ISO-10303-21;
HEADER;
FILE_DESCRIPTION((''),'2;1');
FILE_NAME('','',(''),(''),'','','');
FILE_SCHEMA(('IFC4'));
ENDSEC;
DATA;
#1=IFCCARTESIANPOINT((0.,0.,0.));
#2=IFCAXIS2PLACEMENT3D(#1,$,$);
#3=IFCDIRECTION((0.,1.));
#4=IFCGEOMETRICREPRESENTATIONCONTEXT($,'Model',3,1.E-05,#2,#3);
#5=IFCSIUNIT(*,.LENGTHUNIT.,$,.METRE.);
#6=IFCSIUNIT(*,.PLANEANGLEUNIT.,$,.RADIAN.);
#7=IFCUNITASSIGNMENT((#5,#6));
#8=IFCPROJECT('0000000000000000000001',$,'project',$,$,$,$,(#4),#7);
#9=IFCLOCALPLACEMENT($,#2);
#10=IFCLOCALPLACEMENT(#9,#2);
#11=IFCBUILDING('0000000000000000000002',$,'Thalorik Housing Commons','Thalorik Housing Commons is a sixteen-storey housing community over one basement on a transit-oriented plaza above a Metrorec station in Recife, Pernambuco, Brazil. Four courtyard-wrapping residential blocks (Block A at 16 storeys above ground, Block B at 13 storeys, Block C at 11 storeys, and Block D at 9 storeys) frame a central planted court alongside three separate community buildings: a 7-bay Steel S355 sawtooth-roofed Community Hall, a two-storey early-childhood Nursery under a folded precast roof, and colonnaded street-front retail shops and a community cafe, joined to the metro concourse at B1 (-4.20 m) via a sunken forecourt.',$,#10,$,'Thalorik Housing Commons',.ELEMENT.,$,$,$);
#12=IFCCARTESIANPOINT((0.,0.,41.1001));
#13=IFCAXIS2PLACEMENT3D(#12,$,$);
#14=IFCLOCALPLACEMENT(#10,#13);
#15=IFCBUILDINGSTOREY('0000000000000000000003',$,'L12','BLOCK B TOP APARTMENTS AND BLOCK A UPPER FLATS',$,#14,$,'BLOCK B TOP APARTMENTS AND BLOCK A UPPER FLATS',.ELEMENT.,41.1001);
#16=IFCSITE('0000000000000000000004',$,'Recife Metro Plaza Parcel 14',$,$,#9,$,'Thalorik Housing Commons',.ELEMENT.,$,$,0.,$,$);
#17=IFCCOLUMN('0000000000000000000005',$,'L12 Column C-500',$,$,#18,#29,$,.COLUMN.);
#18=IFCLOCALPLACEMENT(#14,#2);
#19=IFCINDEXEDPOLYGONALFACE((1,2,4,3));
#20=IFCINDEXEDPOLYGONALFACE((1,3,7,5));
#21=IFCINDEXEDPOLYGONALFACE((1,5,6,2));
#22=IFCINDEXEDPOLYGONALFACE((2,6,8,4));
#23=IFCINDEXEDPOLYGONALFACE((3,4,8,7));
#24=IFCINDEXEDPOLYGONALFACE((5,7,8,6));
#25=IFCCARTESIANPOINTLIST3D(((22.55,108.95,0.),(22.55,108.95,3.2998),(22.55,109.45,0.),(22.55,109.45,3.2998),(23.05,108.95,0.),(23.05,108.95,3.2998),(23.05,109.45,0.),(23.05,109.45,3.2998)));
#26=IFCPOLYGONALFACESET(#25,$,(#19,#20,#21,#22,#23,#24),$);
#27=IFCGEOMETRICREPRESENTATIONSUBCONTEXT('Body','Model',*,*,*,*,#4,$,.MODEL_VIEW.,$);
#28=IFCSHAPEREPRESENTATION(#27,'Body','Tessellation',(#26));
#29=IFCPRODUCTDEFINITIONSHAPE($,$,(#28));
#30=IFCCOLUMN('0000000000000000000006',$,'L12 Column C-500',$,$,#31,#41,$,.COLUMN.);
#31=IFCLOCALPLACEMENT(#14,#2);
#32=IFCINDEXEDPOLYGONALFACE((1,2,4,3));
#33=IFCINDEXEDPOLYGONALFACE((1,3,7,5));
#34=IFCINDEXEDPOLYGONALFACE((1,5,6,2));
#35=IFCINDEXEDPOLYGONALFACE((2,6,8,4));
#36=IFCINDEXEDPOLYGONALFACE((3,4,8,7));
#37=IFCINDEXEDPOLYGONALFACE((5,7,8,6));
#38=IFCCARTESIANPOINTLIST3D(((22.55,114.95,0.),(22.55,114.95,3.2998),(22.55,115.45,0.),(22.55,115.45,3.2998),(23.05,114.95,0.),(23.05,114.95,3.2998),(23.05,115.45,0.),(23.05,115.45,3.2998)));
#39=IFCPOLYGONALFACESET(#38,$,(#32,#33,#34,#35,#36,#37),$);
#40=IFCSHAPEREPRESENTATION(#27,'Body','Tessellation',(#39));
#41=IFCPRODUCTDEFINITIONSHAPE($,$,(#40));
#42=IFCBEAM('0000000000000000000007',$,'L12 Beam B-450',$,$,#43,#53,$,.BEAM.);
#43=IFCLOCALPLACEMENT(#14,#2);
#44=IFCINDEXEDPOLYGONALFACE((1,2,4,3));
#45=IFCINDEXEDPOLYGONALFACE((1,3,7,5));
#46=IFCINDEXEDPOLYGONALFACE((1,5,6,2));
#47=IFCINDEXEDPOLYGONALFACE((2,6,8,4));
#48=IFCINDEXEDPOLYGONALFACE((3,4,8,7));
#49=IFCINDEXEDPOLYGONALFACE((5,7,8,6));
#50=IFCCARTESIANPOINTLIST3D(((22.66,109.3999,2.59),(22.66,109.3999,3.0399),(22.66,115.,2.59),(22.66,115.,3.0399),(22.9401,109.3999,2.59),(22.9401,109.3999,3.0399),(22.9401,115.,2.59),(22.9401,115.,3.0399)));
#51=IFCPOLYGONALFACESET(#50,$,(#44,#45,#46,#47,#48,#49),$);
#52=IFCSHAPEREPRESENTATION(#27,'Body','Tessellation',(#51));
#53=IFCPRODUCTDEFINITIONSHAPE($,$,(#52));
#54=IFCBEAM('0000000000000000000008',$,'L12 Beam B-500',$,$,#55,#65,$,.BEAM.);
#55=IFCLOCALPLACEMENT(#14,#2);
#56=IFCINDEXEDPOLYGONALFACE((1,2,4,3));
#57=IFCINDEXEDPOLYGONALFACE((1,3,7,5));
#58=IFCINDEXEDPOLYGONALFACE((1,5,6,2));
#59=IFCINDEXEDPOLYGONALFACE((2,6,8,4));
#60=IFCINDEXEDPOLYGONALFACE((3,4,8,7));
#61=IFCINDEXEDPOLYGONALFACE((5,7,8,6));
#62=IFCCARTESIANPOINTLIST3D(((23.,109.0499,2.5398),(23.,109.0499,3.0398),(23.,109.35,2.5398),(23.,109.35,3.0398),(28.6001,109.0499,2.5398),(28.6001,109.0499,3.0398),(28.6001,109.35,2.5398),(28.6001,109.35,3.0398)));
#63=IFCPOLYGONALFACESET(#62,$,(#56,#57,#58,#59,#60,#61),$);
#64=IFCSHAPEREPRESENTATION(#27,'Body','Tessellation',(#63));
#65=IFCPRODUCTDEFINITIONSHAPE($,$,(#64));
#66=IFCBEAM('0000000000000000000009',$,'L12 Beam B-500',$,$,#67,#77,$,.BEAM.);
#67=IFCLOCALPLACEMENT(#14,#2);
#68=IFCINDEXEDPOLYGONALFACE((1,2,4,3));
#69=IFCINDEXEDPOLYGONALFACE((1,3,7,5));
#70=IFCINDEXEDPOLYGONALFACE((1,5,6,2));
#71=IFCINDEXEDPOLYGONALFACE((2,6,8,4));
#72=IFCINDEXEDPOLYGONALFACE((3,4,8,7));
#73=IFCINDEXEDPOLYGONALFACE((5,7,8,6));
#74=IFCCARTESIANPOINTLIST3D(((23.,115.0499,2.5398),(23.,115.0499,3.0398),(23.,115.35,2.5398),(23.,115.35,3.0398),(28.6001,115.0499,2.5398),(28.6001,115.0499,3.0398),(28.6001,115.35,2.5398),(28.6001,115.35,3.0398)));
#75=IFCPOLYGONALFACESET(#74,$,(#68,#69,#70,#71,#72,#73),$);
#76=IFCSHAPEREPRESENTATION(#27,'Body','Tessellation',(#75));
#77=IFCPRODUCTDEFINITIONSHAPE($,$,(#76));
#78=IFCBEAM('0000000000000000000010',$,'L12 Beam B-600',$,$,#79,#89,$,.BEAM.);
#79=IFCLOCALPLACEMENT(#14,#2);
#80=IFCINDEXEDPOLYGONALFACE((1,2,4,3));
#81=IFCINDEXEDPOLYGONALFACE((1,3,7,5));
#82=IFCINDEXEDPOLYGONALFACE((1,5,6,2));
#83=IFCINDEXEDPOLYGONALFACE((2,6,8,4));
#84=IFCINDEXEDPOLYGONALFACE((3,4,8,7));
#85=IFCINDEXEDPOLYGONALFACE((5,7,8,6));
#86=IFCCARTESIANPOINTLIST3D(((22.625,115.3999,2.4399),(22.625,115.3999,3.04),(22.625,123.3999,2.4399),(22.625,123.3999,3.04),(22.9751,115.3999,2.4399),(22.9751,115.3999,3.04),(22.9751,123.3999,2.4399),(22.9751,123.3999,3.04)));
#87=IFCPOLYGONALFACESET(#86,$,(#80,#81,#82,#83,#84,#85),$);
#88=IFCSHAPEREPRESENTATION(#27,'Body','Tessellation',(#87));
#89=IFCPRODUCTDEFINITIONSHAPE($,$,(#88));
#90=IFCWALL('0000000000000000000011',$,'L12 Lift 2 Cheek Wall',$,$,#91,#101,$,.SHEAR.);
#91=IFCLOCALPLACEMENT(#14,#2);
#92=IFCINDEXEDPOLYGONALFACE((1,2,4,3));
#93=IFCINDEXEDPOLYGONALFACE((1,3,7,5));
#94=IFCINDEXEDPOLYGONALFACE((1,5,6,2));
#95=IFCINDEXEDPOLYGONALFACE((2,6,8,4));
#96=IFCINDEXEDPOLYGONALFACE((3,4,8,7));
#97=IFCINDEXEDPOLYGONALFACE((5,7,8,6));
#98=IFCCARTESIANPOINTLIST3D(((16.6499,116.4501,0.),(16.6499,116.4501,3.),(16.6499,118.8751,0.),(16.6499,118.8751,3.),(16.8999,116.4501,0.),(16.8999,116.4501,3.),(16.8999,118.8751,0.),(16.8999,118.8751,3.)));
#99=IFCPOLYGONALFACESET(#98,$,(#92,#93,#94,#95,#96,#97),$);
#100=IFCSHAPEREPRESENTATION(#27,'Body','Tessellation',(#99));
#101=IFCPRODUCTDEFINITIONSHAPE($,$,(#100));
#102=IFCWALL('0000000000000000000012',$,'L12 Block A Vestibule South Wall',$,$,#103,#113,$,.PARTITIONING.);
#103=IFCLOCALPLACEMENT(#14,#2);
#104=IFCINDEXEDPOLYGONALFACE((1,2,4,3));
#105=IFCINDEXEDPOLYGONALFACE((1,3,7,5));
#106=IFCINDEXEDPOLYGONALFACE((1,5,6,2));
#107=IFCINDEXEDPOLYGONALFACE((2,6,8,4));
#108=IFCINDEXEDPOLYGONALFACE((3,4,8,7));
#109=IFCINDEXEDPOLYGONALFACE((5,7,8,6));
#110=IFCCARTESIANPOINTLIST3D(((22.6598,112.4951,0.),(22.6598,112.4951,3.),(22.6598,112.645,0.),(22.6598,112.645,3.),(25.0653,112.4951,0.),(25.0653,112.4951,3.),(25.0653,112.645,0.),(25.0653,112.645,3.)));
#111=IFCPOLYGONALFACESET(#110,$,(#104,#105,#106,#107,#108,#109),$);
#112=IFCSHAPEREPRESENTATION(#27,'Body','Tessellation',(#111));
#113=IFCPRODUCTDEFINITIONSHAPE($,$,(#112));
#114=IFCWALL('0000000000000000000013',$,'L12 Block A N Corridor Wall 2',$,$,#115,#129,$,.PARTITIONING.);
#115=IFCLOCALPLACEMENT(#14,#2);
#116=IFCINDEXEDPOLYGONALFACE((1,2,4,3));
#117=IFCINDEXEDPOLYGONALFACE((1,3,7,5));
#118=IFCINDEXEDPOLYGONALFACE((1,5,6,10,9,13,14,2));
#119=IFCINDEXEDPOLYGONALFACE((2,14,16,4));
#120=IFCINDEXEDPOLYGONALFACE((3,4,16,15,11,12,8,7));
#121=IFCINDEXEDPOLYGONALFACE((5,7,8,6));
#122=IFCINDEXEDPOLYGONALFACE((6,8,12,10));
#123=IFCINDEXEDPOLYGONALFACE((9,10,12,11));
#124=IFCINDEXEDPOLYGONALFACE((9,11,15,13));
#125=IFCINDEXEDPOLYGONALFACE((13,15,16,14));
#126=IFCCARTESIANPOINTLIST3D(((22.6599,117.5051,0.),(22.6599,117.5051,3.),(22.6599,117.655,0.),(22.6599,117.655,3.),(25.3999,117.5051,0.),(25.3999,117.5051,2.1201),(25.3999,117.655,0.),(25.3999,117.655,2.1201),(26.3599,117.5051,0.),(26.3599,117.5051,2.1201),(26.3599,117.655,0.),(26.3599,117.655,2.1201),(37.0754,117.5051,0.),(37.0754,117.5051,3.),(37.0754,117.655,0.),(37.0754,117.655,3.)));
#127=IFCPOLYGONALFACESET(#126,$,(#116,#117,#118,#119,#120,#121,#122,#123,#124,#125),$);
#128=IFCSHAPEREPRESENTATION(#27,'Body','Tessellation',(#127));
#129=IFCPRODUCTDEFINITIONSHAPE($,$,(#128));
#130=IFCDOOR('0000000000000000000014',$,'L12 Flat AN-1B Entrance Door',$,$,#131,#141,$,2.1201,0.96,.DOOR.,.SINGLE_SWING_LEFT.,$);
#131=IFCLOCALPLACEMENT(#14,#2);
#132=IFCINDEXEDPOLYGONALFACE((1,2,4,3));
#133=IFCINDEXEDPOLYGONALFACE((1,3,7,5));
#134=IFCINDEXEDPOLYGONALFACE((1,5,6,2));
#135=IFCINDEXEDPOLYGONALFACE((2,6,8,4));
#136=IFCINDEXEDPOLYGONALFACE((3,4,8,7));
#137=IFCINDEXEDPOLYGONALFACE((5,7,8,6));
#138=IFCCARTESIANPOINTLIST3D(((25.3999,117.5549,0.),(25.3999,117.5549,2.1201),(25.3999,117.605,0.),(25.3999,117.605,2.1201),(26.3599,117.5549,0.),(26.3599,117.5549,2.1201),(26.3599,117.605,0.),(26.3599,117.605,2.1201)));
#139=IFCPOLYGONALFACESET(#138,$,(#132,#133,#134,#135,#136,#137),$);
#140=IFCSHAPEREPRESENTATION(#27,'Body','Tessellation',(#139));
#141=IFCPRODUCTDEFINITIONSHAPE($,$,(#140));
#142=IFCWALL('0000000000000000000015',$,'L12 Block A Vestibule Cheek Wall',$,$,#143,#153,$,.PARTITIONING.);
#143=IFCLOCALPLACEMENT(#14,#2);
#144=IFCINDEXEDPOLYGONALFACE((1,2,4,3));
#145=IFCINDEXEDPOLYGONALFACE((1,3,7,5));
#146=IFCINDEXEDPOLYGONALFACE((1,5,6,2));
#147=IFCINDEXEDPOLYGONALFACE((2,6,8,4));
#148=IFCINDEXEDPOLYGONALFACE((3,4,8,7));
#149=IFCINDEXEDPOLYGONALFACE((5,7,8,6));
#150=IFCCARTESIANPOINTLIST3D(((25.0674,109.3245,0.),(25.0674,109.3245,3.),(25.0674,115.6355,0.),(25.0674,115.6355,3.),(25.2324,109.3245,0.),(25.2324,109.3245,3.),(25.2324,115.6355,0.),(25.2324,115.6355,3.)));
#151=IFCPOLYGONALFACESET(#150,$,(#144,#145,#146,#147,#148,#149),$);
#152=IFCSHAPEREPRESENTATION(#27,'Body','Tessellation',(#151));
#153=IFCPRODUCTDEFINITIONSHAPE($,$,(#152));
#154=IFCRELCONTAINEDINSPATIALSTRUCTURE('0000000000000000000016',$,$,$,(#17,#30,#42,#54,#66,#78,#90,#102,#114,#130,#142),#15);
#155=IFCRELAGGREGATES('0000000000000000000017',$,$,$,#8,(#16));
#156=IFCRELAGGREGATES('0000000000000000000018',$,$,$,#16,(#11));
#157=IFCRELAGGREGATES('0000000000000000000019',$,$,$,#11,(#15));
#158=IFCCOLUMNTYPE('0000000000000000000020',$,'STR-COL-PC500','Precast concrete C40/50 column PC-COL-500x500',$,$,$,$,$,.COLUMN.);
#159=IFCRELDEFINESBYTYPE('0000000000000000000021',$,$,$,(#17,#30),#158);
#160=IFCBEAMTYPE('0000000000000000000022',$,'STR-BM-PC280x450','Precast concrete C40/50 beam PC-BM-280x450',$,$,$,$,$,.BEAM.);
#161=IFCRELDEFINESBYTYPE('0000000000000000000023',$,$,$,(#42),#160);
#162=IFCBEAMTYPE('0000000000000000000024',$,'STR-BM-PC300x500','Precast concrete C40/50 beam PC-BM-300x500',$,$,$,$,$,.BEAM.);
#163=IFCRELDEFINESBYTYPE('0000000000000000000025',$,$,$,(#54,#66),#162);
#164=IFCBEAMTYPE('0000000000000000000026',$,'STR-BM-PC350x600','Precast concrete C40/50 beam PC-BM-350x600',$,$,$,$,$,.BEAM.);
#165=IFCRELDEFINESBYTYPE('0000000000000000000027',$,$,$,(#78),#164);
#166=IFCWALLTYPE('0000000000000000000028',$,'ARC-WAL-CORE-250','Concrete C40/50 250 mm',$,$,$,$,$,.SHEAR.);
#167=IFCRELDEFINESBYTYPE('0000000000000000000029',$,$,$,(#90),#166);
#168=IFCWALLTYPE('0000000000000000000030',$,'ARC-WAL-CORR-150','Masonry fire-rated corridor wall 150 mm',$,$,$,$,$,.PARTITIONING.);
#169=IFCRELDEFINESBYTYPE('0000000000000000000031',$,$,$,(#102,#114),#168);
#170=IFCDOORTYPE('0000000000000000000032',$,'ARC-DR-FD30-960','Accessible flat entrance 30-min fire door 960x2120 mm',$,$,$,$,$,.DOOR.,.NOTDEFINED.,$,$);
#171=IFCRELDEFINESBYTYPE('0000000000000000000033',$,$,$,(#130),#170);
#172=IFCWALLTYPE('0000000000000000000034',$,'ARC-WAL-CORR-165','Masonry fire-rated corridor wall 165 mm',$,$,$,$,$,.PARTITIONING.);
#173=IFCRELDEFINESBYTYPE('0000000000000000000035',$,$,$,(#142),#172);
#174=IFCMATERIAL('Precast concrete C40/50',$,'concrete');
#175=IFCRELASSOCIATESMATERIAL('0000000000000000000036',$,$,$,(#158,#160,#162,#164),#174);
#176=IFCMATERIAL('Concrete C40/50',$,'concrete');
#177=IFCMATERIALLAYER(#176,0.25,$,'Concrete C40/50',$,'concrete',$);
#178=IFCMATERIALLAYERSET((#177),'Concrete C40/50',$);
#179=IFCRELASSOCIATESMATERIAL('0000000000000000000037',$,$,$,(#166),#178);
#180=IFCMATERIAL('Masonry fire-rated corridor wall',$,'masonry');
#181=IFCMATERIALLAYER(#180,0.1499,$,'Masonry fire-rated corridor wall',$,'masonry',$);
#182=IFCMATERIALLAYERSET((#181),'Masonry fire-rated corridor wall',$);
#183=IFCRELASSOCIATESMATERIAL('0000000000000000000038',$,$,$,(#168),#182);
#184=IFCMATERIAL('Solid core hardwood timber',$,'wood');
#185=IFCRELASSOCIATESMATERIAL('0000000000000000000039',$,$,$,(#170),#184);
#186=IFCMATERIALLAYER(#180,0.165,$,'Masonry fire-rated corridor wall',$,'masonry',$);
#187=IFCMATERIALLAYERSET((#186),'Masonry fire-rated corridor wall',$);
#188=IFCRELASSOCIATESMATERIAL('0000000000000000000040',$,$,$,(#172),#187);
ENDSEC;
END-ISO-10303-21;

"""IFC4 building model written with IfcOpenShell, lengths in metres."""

from ifc_helpers import new_model, si_unit, direction, frame, frame_2d, origin, origin_2d, place, context, subcontext, project, spatial, rectangle, extrude, material, layer, layer_set, material_profile, profile_set, type_object, element, fill, save


model = new_model("IFC4")

# Units and contexts
model_context = context("Model", 3, precision=1e-05, world=origin(), true_north=direction((0.0, 1.0)))
body_context = subcontext(model_context, "Body", "Model", "MODEL_VIEW")
ifc_project = project(units=[si_unit("LENGTHUNIT", "METRE"), si_unit("PLANEANGLEUNIT", "RADIAN")], contexts=[model_context])

# Site, building, storey
site_placement = place(None, origin())
site = spatial("IfcSite", under=ifc_project, at=site_placement, Name="Recife Metro Plaza Parcel 14", LongName="Thalorik Housing Commons", CompositionType="ELEMENT", RefElevation=0.0)
building_placement = place(site_placement, origin())
building = spatial("IfcBuilding", under=site, at=building_placement, Name="Thalorik Housing Commons", Description="Thalorik Housing Commons is a sixteen-storey housing community over one basement on a transit-oriented plaza above a Metrorec station in Recife, Pernambuco, Brazil. Four courtyard-wrapping residential blocks (Block A at 16 storeys above ground, Block B at 13 storeys, Block C at 11 storeys, and Block D at 9 storeys) frame a central planted court alongside three separate community buildings: a 7-bay Steel S355 sawtooth-roofed Community Hall, a two-storey early-childhood Nursery under a folded precast roof, and colonnaded street-front retail shops and a community cafe, joined to the metro concourse at B1 (-4.20 m) via a sunken forecourt.", LongName="Thalorik Housing Commons", CompositionType="ELEMENT")
storey_placement = place(building_placement, frame((0.0, 0.0, 41.1001)))
storey = spatial("IfcBuildingStorey", under=building, at=storey_placement, Name="L12", Description="BLOCK B TOP APARTMENTS AND BLOCK A UPPER FLATS", LongName="BLOCK B TOP APARTMENTS AND BLOCK A UPPER FLATS", CompositionType="ELEMENT", Elevation=41.1001)

# Columns
ifc_material_1 = material(Name="Precast concrete C40/50", Category="concrete")
ifc_material_profile_1 = material_profile(ifc_material_1, rectangle(XDim=0.5, YDim=0.5, at=origin_2d()), Name="PC 500x500", Category="concrete")
ifc_profile_set_1 = profile_set([ifc_material_profile_1], Name="Precast concrete C40/50")
column_type = type_object("IfcColumnType", Name="STR-COL-PC500", Description="Precast concrete C40/50 column PC-COL-500x500", PredefinedType="COLUMN", material=ifc_profile_set_1)
for number, where, z_axis, x_axis, name in (
    (1, (22.8, 109.2, 0.0), (0.0, 0.0, 1.0), (1.0, 0.0, 0.0), "L12 Column C-500"),
    (2, (22.8, 115.2, 0.0), (0.0, 0.0, 1.0), (1.0, 0.0, 0.0), "L12 Column C-500"),
):
    element("IfcColumn", number, at=place(storey_placement, frame(where, z_axis=z_axis, x_axis=x_axis)), inside=storey, type_object=column_type, Name=name, PredefinedType="COLUMN", context=body_context, shape_type="SweptSolid", body=[
        extrude(rectangle(XDim=0.5, YDim=0.5, at=origin_2d()), origin(), (0.0, 0.0, 1.0), 3.2998),
    ])

# Beams
ifc_material_profile_2 = material_profile(ifc_material_1, rectangle(XDim=0.28, YDim=0.45, at=origin_2d()), Name="PC 280x450", Category="concrete")
ifc_profile_set_2 = profile_set([ifc_material_profile_2], Name="Precast concrete C40/50")
beam_type_1 = type_object("IfcBeamType", Name="STR-BM-PC280x450", Description="Precast concrete C40/50 beam PC-BM-280x450", PredefinedType="BEAM", material=ifc_profile_set_2)
beam_1_placement = place(storey_placement, frame((22.8, 109.3999, 2.8149), z_axis=(0.0, 1.0, 0.0), x_axis=(-1.0, 0.0, 0.0)))
element("IfcBeam", 3, at=beam_1_placement, inside=storey, type_object=beam_type_1, Name="L12 Beam B-450", PredefinedType="BEAM", context=body_context, shape_type="SweptSolid", body=[
    extrude(rectangle(XDim=0.28, YDim=0.45, at=origin_2d()), origin(), (0.0, 0.0, 1.0), 5.6001),
])
ifc_material_profile_3 = material_profile(ifc_material_1, rectangle(XDim=0.3, YDim=0.5, at=origin_2d()), Name="PC 300x500", Category="concrete")
ifc_profile_set_3 = profile_set([ifc_material_profile_3], Name="Precast concrete C40/50")
beam_type_2 = type_object("IfcBeamType", Name="STR-BM-PC300x500", Description="Precast concrete C40/50 beam PC-BM-300x500", PredefinedType="BEAM", material=ifc_profile_set_3)
for number, where, z_axis, x_axis, name in (
    (4, (23.0, 109.2, 2.7898), (1.0, 0.0, 0.0), (0.0, 1.0, 0.0), "L12 Beam B-500"),
    (5, (23.0, 115.2, 2.7898), (1.0, 0.0, 0.0), (0.0, 1.0, 0.0), "L12 Beam B-500"),
):
    element("IfcBeam", number, at=place(storey_placement, frame(where, z_axis=z_axis, x_axis=x_axis)), inside=storey, type_object=beam_type_2, Name=name, PredefinedType="BEAM", context=body_context, shape_type="SweptSolid", body=[
        extrude(rectangle(XDim=0.3, YDim=0.5, at=origin_2d()), origin(), (0.0, 0.0, 1.0), 5.6001),
    ])
ifc_material_profile_4 = material_profile(ifc_material_1, rectangle(XDim=0.3501, YDim=0.6001, at=origin_2d()), Name="PC 350x600", Category="concrete")
ifc_profile_set_4 = profile_set([ifc_material_profile_4], Name="Precast concrete C40/50")
beam_type_3 = type_object("IfcBeamType", Name="STR-BM-PC350x600", Description="Precast concrete C40/50 beam PC-BM-350x600", PredefinedType="BEAM", material=ifc_profile_set_4)
beam_2_placement = place(storey_placement, frame((22.8, 115.3999, 2.74), z_axis=(0.0, 1.0, 0.0), x_axis=(-1.0, 0.0, 0.0)))
element("IfcBeam", 6, at=beam_2_placement, inside=storey, type_object=beam_type_3, Name="L12 Beam B-600", PredefinedType="BEAM", context=body_context, shape_type="SweptSolid", body=[
    extrude(rectangle(XDim=0.3501, YDim=0.6001, at=origin_2d()), origin(), (0.0, 0.0, 1.0), 8.0),
])

# Shared definitions
ifc_material_2 = material(Name="Concrete C40/50", Category="concrete")
ifc_layer_1 = layer(ifc_material_2, 0.25, Name="Concrete C40/50", Category="concrete")
ifc_layer_set_1 = layer_set([ifc_layer_1], Name="Concrete C40/50")
wall_type_1 = type_object("IfcWallType", Name="ARC-WAL-CORE-250", Description="Concrete C40/50 250 mm", PredefinedType="SHEAR", material=ifc_layer_set_1)

# Walls
wall_1_placement = place(storey_placement, frame((16.7749, 118.875, 0.0), z_axis=(0.0, 0.0, 1.0), x_axis=(0.0, -1.0, 0.0)))
element("IfcWall", 7, at=wall_1_placement, inside=storey, type_object=wall_type_1, Name="L12 Lift 2 Cheek Wall", PredefinedType="SHEAR", context=body_context, shape_type="SweptSolid", body=[
    extrude(rectangle(XDim=2.425, YDim=0.25, at=frame_2d((1.2124, 0.0))), origin(), (0.0, 0.0, 1.0), 3.0),
])
ifc_material_3 = material(Name="Masonry fire-rated corridor wall", Category="masonry")
ifc_layer_2 = layer(ifc_material_3, 0.1499, Name="Masonry fire-rated corridor wall", Category="masonry")
ifc_layer_set_2 = layer_set([ifc_layer_2], Name="Masonry fire-rated corridor wall")
wall_type_2 = type_object("IfcWallType", Name="ARC-WAL-CORR-150", Description="Masonry fire-rated corridor wall 150 mm", PredefinedType="PARTITIONING", material=ifc_layer_set_2)
wall_2_placement = place(storey_placement, frame((22.6599, 112.5701, 0.0), z_axis=(0.0, 0.0, 1.0), x_axis=(1.0, 0.0, 0.0)))
element("IfcWall", 8, at=wall_2_placement, inside=storey, type_object=wall_type_2, Name="L12 Block A Vestibule South Wall", PredefinedType="PARTITIONING", context=body_context, shape_type="SweptSolid", body=[
    extrude(rectangle(XDim=2.4055, YDim=0.1499, at=frame_2d((1.2026, 0.0))), origin(), (0.0, 0.0, 1.0), 3.0),
])

# Wall, opening, door
wall_3_placement = place(storey_placement, frame((22.6599, 117.5801, 0.0), z_axis=(0.0, 0.0, 1.0), x_axis=(1.0, 0.0, 0.0)))
wall_3 = element("IfcWall", 9, at=wall_3_placement, inside=storey, type_object=wall_type_2, Name="L12 Block A N Corridor Wall 2", PredefinedType="PARTITIONING", context=body_context, shape_type="SweptSolid", body=[
    extrude(rectangle(XDim=14.4155, YDim=0.1499, at=frame_2d((7.2078, 0.0))), origin(), (0.0, 0.0, 1.0), 3.0),
])
opening_1_placement = place(wall_3_placement, frame((2.74, 0.0, 0.0)))
opening_1 = element("IfcOpeningElement", 10, at=opening_1_placement, cuts=wall_3, PredefinedType="OPENING", context=body_context, shape_type="SweptSolid", body=[
    extrude(rectangle(XDim=0.96, YDim=2.1201, at=frame_2d((0.48, 1.0601))), frame((0.0, 0.085, 0.0), z_axis=(0.0, -1.0, 0.0), x_axis=(1.0, 0.0, 0.0)), (0.0, 0.0, 1.0), 0.1699),
])
ifc_material_4 = material(Name="Solid core hardwood timber", Category="wood")
door_type_1 = type_object("IfcDoorType", Name="ARC-DR-FD30-960", Description="Accessible flat entrance 30-min fire door 960x2120 mm", OperationType="NOTDEFINED", PredefinedType="DOOR", material=ifc_material_4)
door_1_placement = place(opening_1_placement, origin())
door_1 = element("IfcDoor", 11, at=door_1_placement, inside=storey, type_object=door_type_1, Name="L12 Flat AN-1B Entrance Door", OperationType="SINGLE_SWING_LEFT", OverallHeight=2.1201, OverallWidth=0.96, PredefinedType="DOOR", context=body_context, shape_type="SweptSolid", body=[
    extrude(rectangle(XDim=0.96, YDim=2.1201, at=frame_2d((0.48, 1.0601))), frame((0.0, 0.0249, 0.0), z_axis=(0.0, -1.0, 0.0), x_axis=(1.0, 0.0, 0.0)), (0.0, 0.0, 1.0), 0.05),
])
fill(opening_1, door_1)

# Wall
ifc_layer_3 = layer(ifc_material_3, 0.165, Name="Masonry fire-rated corridor wall", Category="masonry")
ifc_layer_set_3 = layer_set([ifc_layer_3], Name="Masonry fire-rated corridor wall")
wall_type_3 = type_object("IfcWallType", Name="ARC-WAL-CORR-165", Description="Masonry fire-rated corridor wall 165 mm", PredefinedType="PARTITIONING", material=ifc_layer_set_3)
wall_4_placement = place(storey_placement, frame((25.1499, 109.3245, 0.0), z_axis=(0.0, 0.0, 1.0), x_axis=(0.0, 1.0, 0.0)))
element("IfcWall", 12, at=wall_4_placement, inside=storey, type_object=wall_type_3, Name="L12 Block A Vestibule Cheek Wall", PredefinedType="PARTITIONING", context=body_context, shape_type="SweptSolid", body=[
    extrude(rectangle(XDim=6.311, YDim=0.165, at=frame_2d((3.1555, 0.0))), origin(), (0.0, 0.0, 1.0), 3.0),
])

save(model, "model.ifc")
